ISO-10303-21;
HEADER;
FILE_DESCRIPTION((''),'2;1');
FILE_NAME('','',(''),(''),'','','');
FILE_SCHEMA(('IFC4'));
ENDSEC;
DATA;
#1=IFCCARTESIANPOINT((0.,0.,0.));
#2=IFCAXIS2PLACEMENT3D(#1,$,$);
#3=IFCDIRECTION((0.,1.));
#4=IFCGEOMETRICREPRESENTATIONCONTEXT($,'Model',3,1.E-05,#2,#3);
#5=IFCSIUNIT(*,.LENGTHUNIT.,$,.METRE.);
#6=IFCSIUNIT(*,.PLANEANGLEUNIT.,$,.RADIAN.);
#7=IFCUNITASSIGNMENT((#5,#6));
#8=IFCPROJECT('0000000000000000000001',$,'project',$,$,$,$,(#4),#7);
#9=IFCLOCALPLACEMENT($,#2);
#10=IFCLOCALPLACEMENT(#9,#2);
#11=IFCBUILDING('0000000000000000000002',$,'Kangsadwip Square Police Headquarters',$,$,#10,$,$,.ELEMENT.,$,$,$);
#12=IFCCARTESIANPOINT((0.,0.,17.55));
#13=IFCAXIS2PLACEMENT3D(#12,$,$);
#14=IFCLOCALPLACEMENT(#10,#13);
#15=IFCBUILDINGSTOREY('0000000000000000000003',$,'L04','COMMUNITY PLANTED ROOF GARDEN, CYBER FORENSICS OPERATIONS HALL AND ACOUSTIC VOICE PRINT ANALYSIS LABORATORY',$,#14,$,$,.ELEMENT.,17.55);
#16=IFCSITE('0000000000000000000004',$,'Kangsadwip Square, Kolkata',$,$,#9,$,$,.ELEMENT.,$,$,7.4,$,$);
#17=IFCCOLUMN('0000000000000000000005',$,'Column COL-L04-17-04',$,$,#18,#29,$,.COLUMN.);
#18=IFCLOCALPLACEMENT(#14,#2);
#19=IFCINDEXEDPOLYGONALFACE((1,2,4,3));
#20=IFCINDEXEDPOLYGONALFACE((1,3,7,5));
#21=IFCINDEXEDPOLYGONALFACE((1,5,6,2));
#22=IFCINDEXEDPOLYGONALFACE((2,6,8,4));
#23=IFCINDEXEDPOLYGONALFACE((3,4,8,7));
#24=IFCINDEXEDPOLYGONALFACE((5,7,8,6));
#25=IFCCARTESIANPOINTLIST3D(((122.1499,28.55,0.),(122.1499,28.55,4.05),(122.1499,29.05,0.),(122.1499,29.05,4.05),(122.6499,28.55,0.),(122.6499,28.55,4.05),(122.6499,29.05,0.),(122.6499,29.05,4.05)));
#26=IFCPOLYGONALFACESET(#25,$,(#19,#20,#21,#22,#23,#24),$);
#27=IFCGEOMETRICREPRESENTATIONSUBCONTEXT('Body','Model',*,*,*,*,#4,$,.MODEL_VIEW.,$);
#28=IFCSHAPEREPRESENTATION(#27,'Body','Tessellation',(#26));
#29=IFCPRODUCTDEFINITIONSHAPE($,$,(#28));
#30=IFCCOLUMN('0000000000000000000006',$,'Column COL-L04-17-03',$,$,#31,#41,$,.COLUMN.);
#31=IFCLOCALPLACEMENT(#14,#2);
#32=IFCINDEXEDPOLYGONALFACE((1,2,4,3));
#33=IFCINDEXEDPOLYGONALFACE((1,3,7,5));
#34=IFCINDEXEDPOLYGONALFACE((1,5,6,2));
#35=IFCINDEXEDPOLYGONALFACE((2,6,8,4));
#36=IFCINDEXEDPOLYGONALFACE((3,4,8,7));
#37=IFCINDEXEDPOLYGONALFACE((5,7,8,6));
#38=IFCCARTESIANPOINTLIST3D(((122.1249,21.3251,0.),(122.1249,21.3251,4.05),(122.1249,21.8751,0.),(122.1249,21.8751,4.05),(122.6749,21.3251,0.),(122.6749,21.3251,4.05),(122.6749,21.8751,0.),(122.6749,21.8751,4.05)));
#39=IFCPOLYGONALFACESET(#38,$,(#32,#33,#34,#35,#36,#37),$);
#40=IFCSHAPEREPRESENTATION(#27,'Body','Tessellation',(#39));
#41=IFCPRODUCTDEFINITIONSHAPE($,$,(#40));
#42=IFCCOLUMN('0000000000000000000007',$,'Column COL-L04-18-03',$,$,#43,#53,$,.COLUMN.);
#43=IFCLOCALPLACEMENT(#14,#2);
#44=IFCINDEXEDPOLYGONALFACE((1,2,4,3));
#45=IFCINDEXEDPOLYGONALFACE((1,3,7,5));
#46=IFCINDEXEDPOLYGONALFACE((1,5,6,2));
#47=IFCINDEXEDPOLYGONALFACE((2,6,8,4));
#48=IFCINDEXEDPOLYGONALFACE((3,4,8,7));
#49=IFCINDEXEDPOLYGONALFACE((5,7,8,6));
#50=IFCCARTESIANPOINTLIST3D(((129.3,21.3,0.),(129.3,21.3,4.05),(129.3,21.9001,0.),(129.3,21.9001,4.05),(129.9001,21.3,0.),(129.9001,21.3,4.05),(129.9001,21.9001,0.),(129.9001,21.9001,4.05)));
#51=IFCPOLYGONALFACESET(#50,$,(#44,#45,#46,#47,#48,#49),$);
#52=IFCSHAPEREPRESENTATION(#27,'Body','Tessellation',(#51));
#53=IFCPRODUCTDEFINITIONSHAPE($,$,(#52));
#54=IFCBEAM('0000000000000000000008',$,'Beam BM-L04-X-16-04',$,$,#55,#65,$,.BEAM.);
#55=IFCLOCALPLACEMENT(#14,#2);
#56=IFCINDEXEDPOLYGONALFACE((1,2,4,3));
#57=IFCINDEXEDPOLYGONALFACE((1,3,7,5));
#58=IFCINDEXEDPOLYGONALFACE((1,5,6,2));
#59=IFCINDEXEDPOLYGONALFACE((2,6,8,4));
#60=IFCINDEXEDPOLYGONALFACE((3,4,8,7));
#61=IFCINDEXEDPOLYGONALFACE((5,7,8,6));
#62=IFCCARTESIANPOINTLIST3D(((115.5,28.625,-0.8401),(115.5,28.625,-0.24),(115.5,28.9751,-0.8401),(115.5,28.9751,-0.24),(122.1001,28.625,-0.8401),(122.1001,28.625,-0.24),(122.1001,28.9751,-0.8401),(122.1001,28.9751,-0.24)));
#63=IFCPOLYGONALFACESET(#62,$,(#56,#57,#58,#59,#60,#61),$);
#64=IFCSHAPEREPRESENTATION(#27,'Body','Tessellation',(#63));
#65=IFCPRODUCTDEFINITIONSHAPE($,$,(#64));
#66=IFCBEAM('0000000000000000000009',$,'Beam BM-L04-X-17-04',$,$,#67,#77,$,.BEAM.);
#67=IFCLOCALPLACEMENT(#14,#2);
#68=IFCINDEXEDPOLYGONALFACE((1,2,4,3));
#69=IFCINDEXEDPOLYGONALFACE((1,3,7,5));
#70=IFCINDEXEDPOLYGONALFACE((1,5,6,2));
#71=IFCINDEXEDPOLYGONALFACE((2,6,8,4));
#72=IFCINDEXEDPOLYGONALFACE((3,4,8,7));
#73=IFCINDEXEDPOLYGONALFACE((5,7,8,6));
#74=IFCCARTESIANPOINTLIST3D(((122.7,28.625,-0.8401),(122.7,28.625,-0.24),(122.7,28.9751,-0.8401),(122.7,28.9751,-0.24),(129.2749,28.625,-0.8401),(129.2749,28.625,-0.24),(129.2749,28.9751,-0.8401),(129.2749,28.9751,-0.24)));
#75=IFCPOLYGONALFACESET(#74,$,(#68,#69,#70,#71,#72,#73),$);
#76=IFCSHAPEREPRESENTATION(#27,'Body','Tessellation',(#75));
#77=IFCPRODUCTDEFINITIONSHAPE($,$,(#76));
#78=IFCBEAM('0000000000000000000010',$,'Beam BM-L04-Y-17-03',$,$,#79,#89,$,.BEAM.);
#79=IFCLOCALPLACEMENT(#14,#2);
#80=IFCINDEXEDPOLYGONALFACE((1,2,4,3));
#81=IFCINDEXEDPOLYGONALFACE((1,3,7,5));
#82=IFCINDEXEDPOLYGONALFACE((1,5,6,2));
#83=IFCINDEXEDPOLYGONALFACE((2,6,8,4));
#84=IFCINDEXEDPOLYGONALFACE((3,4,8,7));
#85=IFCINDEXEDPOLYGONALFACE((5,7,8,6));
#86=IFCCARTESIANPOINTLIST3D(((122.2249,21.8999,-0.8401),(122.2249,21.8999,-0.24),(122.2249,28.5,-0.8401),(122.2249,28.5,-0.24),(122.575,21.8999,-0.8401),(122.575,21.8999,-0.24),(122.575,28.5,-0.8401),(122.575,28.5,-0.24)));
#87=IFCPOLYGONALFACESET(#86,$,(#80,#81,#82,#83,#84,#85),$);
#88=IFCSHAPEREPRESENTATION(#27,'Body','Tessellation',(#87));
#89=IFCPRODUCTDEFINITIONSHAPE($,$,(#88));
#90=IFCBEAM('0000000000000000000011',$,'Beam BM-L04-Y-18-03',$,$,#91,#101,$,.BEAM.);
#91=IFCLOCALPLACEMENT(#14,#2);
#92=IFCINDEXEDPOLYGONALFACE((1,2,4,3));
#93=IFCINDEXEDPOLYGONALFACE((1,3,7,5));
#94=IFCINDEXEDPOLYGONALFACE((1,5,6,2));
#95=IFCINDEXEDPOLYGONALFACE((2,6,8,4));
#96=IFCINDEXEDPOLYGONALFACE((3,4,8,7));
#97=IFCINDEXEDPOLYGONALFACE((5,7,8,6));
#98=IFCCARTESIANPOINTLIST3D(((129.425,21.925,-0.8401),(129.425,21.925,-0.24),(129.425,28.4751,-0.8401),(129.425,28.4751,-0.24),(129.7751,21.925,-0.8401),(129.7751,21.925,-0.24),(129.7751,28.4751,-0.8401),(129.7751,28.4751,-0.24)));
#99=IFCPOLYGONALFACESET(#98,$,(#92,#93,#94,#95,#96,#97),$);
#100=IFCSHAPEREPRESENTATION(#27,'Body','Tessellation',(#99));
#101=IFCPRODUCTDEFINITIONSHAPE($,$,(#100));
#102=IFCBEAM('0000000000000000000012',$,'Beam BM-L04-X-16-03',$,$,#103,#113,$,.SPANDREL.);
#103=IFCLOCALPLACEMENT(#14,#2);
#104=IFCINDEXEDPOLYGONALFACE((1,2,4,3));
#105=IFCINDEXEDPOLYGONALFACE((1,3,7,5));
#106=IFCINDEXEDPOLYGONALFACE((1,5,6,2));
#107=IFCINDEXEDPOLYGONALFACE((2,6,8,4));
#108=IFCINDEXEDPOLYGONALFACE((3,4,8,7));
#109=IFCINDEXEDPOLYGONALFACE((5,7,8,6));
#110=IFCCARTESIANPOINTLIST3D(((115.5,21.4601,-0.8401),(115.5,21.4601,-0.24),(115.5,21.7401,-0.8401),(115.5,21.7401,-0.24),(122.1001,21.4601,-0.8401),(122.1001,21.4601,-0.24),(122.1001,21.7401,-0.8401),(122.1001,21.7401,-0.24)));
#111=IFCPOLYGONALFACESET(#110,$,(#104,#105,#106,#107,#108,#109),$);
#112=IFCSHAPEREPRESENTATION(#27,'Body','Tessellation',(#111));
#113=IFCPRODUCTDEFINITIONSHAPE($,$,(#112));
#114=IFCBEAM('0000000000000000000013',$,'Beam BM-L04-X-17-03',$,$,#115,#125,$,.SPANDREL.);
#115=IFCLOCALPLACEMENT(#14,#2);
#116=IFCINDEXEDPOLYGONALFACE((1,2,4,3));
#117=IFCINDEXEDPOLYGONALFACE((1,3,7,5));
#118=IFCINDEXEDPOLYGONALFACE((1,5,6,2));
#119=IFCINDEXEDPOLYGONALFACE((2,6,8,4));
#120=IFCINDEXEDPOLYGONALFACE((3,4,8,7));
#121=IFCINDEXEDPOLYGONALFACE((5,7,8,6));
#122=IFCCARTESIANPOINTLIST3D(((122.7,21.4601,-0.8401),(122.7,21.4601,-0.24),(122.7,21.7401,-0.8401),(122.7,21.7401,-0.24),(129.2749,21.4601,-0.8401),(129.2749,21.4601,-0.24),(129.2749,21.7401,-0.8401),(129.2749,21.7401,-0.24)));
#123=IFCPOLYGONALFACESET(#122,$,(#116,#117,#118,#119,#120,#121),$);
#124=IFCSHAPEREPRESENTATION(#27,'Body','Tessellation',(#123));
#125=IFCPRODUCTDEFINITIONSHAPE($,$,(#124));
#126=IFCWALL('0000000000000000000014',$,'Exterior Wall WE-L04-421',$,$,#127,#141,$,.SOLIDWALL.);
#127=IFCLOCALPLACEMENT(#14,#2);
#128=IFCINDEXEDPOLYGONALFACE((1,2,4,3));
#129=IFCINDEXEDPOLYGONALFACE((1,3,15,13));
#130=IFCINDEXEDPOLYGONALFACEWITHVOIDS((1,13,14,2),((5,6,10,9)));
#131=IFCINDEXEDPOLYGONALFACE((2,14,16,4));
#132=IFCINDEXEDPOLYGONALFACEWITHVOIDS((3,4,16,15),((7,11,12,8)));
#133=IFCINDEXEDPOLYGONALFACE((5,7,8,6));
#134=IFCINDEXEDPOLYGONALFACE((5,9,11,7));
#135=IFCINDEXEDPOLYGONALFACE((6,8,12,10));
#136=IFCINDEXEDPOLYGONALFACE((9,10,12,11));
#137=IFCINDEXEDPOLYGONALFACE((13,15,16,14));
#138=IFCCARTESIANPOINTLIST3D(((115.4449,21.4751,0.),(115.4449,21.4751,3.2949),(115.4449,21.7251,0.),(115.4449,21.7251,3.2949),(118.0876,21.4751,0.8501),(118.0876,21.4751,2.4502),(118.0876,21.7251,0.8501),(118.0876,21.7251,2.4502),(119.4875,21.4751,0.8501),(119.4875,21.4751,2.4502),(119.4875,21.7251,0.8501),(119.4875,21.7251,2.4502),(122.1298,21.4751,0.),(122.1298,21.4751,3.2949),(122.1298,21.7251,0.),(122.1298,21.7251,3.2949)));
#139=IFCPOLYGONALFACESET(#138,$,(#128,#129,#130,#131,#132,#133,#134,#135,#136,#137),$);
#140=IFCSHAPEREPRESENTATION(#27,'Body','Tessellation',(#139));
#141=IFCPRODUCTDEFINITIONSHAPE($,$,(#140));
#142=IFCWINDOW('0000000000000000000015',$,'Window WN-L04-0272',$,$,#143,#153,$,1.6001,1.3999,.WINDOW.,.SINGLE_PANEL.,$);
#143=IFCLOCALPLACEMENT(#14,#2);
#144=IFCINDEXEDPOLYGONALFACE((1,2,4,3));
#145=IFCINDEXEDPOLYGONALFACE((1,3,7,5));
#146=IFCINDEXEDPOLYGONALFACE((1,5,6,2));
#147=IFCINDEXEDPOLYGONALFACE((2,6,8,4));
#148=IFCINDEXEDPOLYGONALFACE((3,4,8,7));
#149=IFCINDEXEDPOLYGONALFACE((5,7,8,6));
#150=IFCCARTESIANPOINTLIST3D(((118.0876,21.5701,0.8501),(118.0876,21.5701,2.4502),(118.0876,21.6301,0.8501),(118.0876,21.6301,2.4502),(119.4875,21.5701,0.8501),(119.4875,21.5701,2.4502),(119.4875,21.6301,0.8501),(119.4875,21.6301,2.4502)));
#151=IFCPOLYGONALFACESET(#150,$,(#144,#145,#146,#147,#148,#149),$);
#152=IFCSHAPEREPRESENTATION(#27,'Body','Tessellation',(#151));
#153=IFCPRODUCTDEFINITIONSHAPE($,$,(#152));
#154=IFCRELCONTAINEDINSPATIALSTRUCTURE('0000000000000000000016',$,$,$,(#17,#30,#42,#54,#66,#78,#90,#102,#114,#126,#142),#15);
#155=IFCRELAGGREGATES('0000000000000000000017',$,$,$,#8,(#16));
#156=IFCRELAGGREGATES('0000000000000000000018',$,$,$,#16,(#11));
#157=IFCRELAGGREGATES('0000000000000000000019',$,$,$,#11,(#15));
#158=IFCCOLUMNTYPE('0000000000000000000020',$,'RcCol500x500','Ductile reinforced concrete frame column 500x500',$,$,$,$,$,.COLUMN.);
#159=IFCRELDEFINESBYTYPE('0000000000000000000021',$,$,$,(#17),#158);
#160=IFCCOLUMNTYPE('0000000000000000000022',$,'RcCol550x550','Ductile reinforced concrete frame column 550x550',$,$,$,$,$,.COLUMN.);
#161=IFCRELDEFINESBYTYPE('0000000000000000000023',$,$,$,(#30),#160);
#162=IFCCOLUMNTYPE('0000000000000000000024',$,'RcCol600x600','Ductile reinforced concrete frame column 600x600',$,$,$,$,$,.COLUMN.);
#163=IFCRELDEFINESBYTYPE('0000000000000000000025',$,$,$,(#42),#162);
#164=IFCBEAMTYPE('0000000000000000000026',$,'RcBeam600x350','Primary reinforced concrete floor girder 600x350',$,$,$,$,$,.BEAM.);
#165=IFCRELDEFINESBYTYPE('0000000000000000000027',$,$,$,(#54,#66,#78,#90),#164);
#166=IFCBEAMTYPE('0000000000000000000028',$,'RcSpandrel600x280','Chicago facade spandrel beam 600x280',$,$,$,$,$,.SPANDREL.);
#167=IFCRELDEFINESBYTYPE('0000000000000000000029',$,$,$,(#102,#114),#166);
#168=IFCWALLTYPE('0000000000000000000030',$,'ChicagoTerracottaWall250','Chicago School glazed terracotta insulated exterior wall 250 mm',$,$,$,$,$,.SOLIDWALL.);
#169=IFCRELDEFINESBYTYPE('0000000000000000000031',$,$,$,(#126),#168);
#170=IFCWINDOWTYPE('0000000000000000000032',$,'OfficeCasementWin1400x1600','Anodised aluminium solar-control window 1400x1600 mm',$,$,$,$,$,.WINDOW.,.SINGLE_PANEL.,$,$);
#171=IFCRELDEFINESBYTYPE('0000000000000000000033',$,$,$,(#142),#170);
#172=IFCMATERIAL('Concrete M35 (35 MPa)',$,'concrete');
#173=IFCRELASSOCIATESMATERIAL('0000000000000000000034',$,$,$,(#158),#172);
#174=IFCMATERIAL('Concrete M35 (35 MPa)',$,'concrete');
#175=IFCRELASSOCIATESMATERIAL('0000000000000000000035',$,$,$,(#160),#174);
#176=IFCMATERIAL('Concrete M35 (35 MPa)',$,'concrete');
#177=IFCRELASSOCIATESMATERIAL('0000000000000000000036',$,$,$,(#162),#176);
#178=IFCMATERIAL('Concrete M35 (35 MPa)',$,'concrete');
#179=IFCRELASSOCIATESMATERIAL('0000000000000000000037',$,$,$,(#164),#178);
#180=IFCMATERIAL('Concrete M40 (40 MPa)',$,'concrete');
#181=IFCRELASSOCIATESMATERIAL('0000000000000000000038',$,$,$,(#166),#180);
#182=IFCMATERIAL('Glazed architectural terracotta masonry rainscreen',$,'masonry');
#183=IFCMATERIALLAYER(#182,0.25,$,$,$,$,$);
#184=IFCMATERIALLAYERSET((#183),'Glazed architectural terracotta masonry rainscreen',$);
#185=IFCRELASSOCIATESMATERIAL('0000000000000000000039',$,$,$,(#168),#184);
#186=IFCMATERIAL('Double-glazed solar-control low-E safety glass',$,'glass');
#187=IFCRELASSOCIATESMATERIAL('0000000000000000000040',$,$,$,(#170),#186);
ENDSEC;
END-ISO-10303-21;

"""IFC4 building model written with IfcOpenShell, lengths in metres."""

from ifc_helpers import new_model, si_unit, direction, frame, frame_2d, origin, origin_2d, place, context, subcontext, project, spatial, rectangle, extrude, material, layer, layer_set, material_profile, profile_set, type_object, element, fill, save


model = new_model("IFC4")

# Units and contexts
model_context = context("Model", 3, precision=1e-05, world=origin(), true_north=direction((0.0, 1.0)))
body_context = subcontext(model_context, "Body", "Model", "MODEL_VIEW")
ifc_project = project(units=[si_unit("LENGTHUNIT", "METRE"), si_unit("PLANEANGLEUNIT", "RADIAN")], contexts=[model_context])

# Site, building, storey
site_placement = place(None, origin())
site = spatial("IfcSite", under=ifc_project, at=site_placement, Name="Kangsadwip Square, Kolkata", CompositionType="ELEMENT", RefElevation=7.4)
building_placement = place(site_placement, origin())
building = spatial("IfcBuilding", under=site, at=building_placement, Name="Kangsadwip Square Police Headquarters", CompositionType="ELEMENT")
storey_placement = place(building_placement, frame((0.0, 0.0, 17.55)))
storey = spatial("IfcBuildingStorey", under=building, at=storey_placement, Name="L04", Description="COMMUNITY PLANTED ROOF GARDEN, CYBER FORENSICS OPERATIONS HALL AND ACOUSTIC VOICE PRINT ANALYSIS LABORATORY", CompositionType="ELEMENT", Elevation=17.55)

# Columns
ifc_material_1 = material(Name="Concrete M35 (35 MPa)", Category="concrete")
ifc_material_profile_1 = material_profile(ifc_material_1, rectangle(XDim=0.5, YDim=0.5, at=origin_2d()), Name="RC COL 500X500")
ifc_profile_set_1 = profile_set([ifc_material_profile_1], Name="Concrete M35 (35 MPa)")
column_type_1 = type_object("IfcColumnType", Name="RcCol500x500", Description="Ductile reinforced concrete frame column 500x500", PredefinedType="COLUMN", material=ifc_profile_set_1)
column_1_placement = place(storey_placement, frame((122.3999, 28.8, 0.0), z_axis=(0.0, 0.0, 1.0), x_axis=(1.0, 0.0, 0.0)))
element("IfcColumn", 1, at=column_1_placement, inside=storey, type_object=column_type_1, Name="Column COL-L04-17-04", PredefinedType="COLUMN", context=body_context, shape_type="SweptSolid", body=[
    extrude(rectangle(XDim=0.5, YDim=0.5, at=origin_2d()), origin(), (0.0, 0.0, 1.0), 4.05),
])
ifc_material_2 = material(Name="Concrete M35 (35 MPa)", Category="concrete")
ifc_material_profile_2 = material_profile(ifc_material_2, rectangle(XDim=0.55, YDim=0.55, at=origin_2d()), Name="RC COL 550X550")
ifc_profile_set_2 = profile_set([ifc_material_profile_2], Name="Concrete M35 (35 MPa)")
column_type_2 = type_object("IfcColumnType", Name="RcCol550x550", Description="Ductile reinforced concrete frame column 550x550", PredefinedType="COLUMN", material=ifc_profile_set_2)
column_2_placement = place(storey_placement, frame((122.3999, 21.6001, 0.0), z_axis=(0.0, 0.0, 1.0), x_axis=(1.0, 0.0, 0.0)))
element("IfcColumn", 2, at=column_2_placement, inside=storey, type_object=column_type_2, Name="Column COL-L04-17-03", PredefinedType="COLUMN", context=body_context, shape_type="SweptSolid", body=[
    extrude(rectangle(XDim=0.55, YDim=0.55, at=origin_2d()), origin(), (0.0, 0.0, 1.0), 4.05),
])
ifc_material_3 = material(Name="Concrete M35 (35 MPa)", Category="concrete")
ifc_material_profile_3 = material_profile(ifc_material_3, rectangle(XDim=0.6001, YDim=0.6001, at=origin_2d()), Name="RC COL 600X600")
ifc_profile_set_3 = profile_set([ifc_material_profile_3], Name="Concrete M35 (35 MPa)")
column_type_3 = type_object("IfcColumnType", Name="RcCol600x600", Description="Ductile reinforced concrete frame column 600x600", PredefinedType="COLUMN", material=ifc_profile_set_3)
column_3_placement = place(storey_placement, frame((129.6001, 21.6001, 0.0), z_axis=(0.0, 0.0, 1.0), x_axis=(1.0, 0.0, 0.0)))
element("IfcColumn", 3, at=column_3_placement, inside=storey, type_object=column_type_3, Name="Column COL-L04-18-03", PredefinedType="COLUMN", context=body_context, shape_type="SweptSolid", body=[
    extrude(rectangle(XDim=0.6001, YDim=0.6001, at=origin_2d()), origin(), (0.0, 0.0, 1.0), 4.05),
])

# Beams
ifc_material_4 = material(Name="Concrete M35 (35 MPa)", Category="concrete")
ifc_material_profile_4 = material_profile(ifc_material_4, rectangle(XDim=0.3501, YDim=0.6001, at=origin_2d()), Name="RC BM 600X350")
ifc_profile_set_4 = profile_set([ifc_material_profile_4], Name="Concrete M35 (35 MPa)")
beam_type_1 = type_object("IfcBeamType", Name="RcBeam600x350", Description="Primary reinforced concrete floor girder 600x350", PredefinedType="BEAM", material=ifc_profile_set_4)
beam_1_placement = place(storey_placement, frame((115.5, 28.8, -0.54), z_axis=(1.0, 0.0, 0.0), x_axis=(0.0, 1.0, 0.0)))
element("IfcBeam", 4, at=beam_1_placement, inside=storey, type_object=beam_type_1, Name="Beam BM-L04-X-16-04", PredefinedType="BEAM", context=body_context, shape_type="SweptSolid", body=[
    extrude(rectangle(XDim=0.3501, YDim=0.6001, at=origin_2d()), origin(), (0.0, 0.0, 1.0), 6.6001),
])
beam_2_placement = place(storey_placement, frame((122.7, 28.8, -0.54), z_axis=(1.0, 0.0, 0.0), x_axis=(0.0, 1.0, 0.0)))
element("IfcBeam", 5, at=beam_2_placement, inside=storey, type_object=beam_type_1, Name="Beam BM-L04-X-17-04", PredefinedType="BEAM", context=body_context, shape_type="SweptSolid", body=[
    extrude(rectangle(XDim=0.3501, YDim=0.6001, at=origin_2d()), origin(), (0.0, 0.0, 1.0), 6.575),
])
beam_3_placement = place(storey_placement, frame((122.3999, 21.8999, -0.54), z_axis=(0.0, 1.0, 0.0), x_axis=(-1.0, 0.0, 0.0)))
element("IfcBeam", 6, at=beam_3_placement, inside=storey, type_object=beam_type_1, Name="Beam BM-L04-Y-17-03", PredefinedType="BEAM", context=body_context, shape_type="SweptSolid", body=[
    extrude(rectangle(XDim=0.3501, YDim=0.6001, at=origin_2d()), origin(), (0.0, 0.0, 1.0), 6.6001),
])
beam_4_placement = place(storey_placement, frame((129.6001, 21.925, -0.54), z_axis=(0.0, 1.0, 0.0), x_axis=(-1.0, 0.0, 0.0)))
element("IfcBeam", 7, at=beam_4_placement, inside=storey, type_object=beam_type_1, Name="Beam BM-L04-Y-18-03", PredefinedType="BEAM", context=body_context, shape_type="SweptSolid", body=[
    extrude(rectangle(XDim=0.3501, YDim=0.6001, at=origin_2d()), origin(), (0.0, 0.0, 1.0), 6.55),
])
ifc_material_5 = material(Name="Concrete M40 (40 MPa)", Category="concrete")
ifc_material_profile_5 = material_profile(ifc_material_5, rectangle(XDim=0.28, YDim=0.6001, at=origin_2d()), Name="RC SPN 600X280")
ifc_profile_set_5 = profile_set([ifc_material_profile_5], Name="Concrete M40 (40 MPa)")
beam_type_2 = type_object("IfcBeamType", Name="RcSpandrel600x280", Description="Chicago facade spandrel beam 600x280", PredefinedType="SPANDREL", material=ifc_profile_set_5)
beam_5_placement = place(storey_placement, frame((115.5, 21.6001, -0.54), z_axis=(1.0, 0.0, 0.0), x_axis=(0.0, 1.0, 0.0)))
element("IfcBeam", 8, at=beam_5_placement, inside=storey, type_object=beam_type_2, Name="Beam BM-L04-X-16-03", PredefinedType="SPANDREL", context=body_context, shape_type="SweptSolid", body=[
    extrude(rectangle(XDim=0.28, YDim=0.6001, at=origin_2d()), origin(), (0.0, 0.0, 1.0), 6.6001),
])
beam_6_placement = place(storey_placement, frame((122.7, 21.6001, -0.54), z_axis=(1.0, 0.0, 0.0), x_axis=(0.0, 1.0, 0.0)))
element("IfcBeam", 9, at=beam_6_placement, inside=storey, type_object=beam_type_2, Name="Beam BM-L04-X-17-03", PredefinedType="SPANDREL", context=body_context, shape_type="SweptSolid", body=[
    extrude(rectangle(XDim=0.28, YDim=0.6001, at=origin_2d()), origin(), (0.0, 0.0, 1.0), 6.575),
])

# Wall, opening, window
ifc_material_6 = material(Name="Glazed architectural terracotta masonry rainscreen", Category="masonry")
ifc_layer_1 = layer(ifc_material_6, 0.25)
ifc_layer_set_1 = layer_set([ifc_layer_1], Name="Glazed architectural terracotta masonry rainscreen")
wall_type_1 = type_object("IfcWallType", Name="ChicagoTerracottaWall250", Description="Chicago School glazed terracotta insulated exterior wall 250 mm", PredefinedType="SOLIDWALL", material=ifc_layer_set_1)
wall_1_placement = place(storey_placement, frame((115.4451, 21.6001, 0.0), z_axis=(0.0, 0.0, 1.0), x_axis=(1.0, 0.0, 0.0)))
wall_1 = element("IfcWall", 10, at=wall_1_placement, inside=storey, type_object=wall_type_1, Name="Exterior Wall WE-L04-421", PredefinedType="SOLIDWALL", context=body_context, shape_type="SweptSolid", body=[
    extrude(rectangle(XDim=6.6848, YDim=0.25, at=frame_2d((3.3423, 0.0))), origin(), (0.0, 0.0, 1.0), 3.2949),
])
opening_1_placement = place(wall_1_placement, frame((2.6426, 0.0, 0.8501)))
opening_1 = element("IfcOpeningElement", 11, at=opening_1_placement, cuts=wall_1, PredefinedType="OPENING", context=body_context, shape_type="SweptSolid", body=[
    extrude(rectangle(XDim=1.3999, YDim=1.6001, at=frame_2d((0.7, 0.8))), frame((0.0, 0.135, 0.0), z_axis=(0.0, -1.0, 0.0), x_axis=(1.0, 0.0, 0.0)), (0.0, 0.0, 1.0), 0.27),
])
ifc_material_7 = material(Name="Double-glazed solar-control low-E safety glass", Category="glass")
window_type_1 = type_object("IfcWindowType", Name="OfficeCasementWin1400x1600", Description="Anodised aluminium solar-control window 1400x1600 mm", PartitioningType="SINGLE_PANEL", PredefinedType="WINDOW", material=ifc_material_7)
window_1_placement = place(opening_1_placement, origin())
window_1 = element("IfcWindow", 12, at=window_1_placement, inside=storey, type_object=window_type_1, Name="Window WN-L04-0272", OverallHeight=1.6001, OverallWidth=1.3999, PartitioningType="SINGLE_PANEL", PredefinedType="WINDOW", context=body_context, shape_type="SweptSolid", body=[
    extrude(rectangle(XDim=1.3999, YDim=1.6001, at=frame_2d((0.7, 0.8))), frame((0.0, 0.03, 0.0), z_axis=(0.0, -1.0, 0.0), x_axis=(1.0, 0.0, 0.0)), (0.0, 0.0, 1.0), 0.0601),
])
fill(opening_1, window_1)

save(model, "model.ifc")
